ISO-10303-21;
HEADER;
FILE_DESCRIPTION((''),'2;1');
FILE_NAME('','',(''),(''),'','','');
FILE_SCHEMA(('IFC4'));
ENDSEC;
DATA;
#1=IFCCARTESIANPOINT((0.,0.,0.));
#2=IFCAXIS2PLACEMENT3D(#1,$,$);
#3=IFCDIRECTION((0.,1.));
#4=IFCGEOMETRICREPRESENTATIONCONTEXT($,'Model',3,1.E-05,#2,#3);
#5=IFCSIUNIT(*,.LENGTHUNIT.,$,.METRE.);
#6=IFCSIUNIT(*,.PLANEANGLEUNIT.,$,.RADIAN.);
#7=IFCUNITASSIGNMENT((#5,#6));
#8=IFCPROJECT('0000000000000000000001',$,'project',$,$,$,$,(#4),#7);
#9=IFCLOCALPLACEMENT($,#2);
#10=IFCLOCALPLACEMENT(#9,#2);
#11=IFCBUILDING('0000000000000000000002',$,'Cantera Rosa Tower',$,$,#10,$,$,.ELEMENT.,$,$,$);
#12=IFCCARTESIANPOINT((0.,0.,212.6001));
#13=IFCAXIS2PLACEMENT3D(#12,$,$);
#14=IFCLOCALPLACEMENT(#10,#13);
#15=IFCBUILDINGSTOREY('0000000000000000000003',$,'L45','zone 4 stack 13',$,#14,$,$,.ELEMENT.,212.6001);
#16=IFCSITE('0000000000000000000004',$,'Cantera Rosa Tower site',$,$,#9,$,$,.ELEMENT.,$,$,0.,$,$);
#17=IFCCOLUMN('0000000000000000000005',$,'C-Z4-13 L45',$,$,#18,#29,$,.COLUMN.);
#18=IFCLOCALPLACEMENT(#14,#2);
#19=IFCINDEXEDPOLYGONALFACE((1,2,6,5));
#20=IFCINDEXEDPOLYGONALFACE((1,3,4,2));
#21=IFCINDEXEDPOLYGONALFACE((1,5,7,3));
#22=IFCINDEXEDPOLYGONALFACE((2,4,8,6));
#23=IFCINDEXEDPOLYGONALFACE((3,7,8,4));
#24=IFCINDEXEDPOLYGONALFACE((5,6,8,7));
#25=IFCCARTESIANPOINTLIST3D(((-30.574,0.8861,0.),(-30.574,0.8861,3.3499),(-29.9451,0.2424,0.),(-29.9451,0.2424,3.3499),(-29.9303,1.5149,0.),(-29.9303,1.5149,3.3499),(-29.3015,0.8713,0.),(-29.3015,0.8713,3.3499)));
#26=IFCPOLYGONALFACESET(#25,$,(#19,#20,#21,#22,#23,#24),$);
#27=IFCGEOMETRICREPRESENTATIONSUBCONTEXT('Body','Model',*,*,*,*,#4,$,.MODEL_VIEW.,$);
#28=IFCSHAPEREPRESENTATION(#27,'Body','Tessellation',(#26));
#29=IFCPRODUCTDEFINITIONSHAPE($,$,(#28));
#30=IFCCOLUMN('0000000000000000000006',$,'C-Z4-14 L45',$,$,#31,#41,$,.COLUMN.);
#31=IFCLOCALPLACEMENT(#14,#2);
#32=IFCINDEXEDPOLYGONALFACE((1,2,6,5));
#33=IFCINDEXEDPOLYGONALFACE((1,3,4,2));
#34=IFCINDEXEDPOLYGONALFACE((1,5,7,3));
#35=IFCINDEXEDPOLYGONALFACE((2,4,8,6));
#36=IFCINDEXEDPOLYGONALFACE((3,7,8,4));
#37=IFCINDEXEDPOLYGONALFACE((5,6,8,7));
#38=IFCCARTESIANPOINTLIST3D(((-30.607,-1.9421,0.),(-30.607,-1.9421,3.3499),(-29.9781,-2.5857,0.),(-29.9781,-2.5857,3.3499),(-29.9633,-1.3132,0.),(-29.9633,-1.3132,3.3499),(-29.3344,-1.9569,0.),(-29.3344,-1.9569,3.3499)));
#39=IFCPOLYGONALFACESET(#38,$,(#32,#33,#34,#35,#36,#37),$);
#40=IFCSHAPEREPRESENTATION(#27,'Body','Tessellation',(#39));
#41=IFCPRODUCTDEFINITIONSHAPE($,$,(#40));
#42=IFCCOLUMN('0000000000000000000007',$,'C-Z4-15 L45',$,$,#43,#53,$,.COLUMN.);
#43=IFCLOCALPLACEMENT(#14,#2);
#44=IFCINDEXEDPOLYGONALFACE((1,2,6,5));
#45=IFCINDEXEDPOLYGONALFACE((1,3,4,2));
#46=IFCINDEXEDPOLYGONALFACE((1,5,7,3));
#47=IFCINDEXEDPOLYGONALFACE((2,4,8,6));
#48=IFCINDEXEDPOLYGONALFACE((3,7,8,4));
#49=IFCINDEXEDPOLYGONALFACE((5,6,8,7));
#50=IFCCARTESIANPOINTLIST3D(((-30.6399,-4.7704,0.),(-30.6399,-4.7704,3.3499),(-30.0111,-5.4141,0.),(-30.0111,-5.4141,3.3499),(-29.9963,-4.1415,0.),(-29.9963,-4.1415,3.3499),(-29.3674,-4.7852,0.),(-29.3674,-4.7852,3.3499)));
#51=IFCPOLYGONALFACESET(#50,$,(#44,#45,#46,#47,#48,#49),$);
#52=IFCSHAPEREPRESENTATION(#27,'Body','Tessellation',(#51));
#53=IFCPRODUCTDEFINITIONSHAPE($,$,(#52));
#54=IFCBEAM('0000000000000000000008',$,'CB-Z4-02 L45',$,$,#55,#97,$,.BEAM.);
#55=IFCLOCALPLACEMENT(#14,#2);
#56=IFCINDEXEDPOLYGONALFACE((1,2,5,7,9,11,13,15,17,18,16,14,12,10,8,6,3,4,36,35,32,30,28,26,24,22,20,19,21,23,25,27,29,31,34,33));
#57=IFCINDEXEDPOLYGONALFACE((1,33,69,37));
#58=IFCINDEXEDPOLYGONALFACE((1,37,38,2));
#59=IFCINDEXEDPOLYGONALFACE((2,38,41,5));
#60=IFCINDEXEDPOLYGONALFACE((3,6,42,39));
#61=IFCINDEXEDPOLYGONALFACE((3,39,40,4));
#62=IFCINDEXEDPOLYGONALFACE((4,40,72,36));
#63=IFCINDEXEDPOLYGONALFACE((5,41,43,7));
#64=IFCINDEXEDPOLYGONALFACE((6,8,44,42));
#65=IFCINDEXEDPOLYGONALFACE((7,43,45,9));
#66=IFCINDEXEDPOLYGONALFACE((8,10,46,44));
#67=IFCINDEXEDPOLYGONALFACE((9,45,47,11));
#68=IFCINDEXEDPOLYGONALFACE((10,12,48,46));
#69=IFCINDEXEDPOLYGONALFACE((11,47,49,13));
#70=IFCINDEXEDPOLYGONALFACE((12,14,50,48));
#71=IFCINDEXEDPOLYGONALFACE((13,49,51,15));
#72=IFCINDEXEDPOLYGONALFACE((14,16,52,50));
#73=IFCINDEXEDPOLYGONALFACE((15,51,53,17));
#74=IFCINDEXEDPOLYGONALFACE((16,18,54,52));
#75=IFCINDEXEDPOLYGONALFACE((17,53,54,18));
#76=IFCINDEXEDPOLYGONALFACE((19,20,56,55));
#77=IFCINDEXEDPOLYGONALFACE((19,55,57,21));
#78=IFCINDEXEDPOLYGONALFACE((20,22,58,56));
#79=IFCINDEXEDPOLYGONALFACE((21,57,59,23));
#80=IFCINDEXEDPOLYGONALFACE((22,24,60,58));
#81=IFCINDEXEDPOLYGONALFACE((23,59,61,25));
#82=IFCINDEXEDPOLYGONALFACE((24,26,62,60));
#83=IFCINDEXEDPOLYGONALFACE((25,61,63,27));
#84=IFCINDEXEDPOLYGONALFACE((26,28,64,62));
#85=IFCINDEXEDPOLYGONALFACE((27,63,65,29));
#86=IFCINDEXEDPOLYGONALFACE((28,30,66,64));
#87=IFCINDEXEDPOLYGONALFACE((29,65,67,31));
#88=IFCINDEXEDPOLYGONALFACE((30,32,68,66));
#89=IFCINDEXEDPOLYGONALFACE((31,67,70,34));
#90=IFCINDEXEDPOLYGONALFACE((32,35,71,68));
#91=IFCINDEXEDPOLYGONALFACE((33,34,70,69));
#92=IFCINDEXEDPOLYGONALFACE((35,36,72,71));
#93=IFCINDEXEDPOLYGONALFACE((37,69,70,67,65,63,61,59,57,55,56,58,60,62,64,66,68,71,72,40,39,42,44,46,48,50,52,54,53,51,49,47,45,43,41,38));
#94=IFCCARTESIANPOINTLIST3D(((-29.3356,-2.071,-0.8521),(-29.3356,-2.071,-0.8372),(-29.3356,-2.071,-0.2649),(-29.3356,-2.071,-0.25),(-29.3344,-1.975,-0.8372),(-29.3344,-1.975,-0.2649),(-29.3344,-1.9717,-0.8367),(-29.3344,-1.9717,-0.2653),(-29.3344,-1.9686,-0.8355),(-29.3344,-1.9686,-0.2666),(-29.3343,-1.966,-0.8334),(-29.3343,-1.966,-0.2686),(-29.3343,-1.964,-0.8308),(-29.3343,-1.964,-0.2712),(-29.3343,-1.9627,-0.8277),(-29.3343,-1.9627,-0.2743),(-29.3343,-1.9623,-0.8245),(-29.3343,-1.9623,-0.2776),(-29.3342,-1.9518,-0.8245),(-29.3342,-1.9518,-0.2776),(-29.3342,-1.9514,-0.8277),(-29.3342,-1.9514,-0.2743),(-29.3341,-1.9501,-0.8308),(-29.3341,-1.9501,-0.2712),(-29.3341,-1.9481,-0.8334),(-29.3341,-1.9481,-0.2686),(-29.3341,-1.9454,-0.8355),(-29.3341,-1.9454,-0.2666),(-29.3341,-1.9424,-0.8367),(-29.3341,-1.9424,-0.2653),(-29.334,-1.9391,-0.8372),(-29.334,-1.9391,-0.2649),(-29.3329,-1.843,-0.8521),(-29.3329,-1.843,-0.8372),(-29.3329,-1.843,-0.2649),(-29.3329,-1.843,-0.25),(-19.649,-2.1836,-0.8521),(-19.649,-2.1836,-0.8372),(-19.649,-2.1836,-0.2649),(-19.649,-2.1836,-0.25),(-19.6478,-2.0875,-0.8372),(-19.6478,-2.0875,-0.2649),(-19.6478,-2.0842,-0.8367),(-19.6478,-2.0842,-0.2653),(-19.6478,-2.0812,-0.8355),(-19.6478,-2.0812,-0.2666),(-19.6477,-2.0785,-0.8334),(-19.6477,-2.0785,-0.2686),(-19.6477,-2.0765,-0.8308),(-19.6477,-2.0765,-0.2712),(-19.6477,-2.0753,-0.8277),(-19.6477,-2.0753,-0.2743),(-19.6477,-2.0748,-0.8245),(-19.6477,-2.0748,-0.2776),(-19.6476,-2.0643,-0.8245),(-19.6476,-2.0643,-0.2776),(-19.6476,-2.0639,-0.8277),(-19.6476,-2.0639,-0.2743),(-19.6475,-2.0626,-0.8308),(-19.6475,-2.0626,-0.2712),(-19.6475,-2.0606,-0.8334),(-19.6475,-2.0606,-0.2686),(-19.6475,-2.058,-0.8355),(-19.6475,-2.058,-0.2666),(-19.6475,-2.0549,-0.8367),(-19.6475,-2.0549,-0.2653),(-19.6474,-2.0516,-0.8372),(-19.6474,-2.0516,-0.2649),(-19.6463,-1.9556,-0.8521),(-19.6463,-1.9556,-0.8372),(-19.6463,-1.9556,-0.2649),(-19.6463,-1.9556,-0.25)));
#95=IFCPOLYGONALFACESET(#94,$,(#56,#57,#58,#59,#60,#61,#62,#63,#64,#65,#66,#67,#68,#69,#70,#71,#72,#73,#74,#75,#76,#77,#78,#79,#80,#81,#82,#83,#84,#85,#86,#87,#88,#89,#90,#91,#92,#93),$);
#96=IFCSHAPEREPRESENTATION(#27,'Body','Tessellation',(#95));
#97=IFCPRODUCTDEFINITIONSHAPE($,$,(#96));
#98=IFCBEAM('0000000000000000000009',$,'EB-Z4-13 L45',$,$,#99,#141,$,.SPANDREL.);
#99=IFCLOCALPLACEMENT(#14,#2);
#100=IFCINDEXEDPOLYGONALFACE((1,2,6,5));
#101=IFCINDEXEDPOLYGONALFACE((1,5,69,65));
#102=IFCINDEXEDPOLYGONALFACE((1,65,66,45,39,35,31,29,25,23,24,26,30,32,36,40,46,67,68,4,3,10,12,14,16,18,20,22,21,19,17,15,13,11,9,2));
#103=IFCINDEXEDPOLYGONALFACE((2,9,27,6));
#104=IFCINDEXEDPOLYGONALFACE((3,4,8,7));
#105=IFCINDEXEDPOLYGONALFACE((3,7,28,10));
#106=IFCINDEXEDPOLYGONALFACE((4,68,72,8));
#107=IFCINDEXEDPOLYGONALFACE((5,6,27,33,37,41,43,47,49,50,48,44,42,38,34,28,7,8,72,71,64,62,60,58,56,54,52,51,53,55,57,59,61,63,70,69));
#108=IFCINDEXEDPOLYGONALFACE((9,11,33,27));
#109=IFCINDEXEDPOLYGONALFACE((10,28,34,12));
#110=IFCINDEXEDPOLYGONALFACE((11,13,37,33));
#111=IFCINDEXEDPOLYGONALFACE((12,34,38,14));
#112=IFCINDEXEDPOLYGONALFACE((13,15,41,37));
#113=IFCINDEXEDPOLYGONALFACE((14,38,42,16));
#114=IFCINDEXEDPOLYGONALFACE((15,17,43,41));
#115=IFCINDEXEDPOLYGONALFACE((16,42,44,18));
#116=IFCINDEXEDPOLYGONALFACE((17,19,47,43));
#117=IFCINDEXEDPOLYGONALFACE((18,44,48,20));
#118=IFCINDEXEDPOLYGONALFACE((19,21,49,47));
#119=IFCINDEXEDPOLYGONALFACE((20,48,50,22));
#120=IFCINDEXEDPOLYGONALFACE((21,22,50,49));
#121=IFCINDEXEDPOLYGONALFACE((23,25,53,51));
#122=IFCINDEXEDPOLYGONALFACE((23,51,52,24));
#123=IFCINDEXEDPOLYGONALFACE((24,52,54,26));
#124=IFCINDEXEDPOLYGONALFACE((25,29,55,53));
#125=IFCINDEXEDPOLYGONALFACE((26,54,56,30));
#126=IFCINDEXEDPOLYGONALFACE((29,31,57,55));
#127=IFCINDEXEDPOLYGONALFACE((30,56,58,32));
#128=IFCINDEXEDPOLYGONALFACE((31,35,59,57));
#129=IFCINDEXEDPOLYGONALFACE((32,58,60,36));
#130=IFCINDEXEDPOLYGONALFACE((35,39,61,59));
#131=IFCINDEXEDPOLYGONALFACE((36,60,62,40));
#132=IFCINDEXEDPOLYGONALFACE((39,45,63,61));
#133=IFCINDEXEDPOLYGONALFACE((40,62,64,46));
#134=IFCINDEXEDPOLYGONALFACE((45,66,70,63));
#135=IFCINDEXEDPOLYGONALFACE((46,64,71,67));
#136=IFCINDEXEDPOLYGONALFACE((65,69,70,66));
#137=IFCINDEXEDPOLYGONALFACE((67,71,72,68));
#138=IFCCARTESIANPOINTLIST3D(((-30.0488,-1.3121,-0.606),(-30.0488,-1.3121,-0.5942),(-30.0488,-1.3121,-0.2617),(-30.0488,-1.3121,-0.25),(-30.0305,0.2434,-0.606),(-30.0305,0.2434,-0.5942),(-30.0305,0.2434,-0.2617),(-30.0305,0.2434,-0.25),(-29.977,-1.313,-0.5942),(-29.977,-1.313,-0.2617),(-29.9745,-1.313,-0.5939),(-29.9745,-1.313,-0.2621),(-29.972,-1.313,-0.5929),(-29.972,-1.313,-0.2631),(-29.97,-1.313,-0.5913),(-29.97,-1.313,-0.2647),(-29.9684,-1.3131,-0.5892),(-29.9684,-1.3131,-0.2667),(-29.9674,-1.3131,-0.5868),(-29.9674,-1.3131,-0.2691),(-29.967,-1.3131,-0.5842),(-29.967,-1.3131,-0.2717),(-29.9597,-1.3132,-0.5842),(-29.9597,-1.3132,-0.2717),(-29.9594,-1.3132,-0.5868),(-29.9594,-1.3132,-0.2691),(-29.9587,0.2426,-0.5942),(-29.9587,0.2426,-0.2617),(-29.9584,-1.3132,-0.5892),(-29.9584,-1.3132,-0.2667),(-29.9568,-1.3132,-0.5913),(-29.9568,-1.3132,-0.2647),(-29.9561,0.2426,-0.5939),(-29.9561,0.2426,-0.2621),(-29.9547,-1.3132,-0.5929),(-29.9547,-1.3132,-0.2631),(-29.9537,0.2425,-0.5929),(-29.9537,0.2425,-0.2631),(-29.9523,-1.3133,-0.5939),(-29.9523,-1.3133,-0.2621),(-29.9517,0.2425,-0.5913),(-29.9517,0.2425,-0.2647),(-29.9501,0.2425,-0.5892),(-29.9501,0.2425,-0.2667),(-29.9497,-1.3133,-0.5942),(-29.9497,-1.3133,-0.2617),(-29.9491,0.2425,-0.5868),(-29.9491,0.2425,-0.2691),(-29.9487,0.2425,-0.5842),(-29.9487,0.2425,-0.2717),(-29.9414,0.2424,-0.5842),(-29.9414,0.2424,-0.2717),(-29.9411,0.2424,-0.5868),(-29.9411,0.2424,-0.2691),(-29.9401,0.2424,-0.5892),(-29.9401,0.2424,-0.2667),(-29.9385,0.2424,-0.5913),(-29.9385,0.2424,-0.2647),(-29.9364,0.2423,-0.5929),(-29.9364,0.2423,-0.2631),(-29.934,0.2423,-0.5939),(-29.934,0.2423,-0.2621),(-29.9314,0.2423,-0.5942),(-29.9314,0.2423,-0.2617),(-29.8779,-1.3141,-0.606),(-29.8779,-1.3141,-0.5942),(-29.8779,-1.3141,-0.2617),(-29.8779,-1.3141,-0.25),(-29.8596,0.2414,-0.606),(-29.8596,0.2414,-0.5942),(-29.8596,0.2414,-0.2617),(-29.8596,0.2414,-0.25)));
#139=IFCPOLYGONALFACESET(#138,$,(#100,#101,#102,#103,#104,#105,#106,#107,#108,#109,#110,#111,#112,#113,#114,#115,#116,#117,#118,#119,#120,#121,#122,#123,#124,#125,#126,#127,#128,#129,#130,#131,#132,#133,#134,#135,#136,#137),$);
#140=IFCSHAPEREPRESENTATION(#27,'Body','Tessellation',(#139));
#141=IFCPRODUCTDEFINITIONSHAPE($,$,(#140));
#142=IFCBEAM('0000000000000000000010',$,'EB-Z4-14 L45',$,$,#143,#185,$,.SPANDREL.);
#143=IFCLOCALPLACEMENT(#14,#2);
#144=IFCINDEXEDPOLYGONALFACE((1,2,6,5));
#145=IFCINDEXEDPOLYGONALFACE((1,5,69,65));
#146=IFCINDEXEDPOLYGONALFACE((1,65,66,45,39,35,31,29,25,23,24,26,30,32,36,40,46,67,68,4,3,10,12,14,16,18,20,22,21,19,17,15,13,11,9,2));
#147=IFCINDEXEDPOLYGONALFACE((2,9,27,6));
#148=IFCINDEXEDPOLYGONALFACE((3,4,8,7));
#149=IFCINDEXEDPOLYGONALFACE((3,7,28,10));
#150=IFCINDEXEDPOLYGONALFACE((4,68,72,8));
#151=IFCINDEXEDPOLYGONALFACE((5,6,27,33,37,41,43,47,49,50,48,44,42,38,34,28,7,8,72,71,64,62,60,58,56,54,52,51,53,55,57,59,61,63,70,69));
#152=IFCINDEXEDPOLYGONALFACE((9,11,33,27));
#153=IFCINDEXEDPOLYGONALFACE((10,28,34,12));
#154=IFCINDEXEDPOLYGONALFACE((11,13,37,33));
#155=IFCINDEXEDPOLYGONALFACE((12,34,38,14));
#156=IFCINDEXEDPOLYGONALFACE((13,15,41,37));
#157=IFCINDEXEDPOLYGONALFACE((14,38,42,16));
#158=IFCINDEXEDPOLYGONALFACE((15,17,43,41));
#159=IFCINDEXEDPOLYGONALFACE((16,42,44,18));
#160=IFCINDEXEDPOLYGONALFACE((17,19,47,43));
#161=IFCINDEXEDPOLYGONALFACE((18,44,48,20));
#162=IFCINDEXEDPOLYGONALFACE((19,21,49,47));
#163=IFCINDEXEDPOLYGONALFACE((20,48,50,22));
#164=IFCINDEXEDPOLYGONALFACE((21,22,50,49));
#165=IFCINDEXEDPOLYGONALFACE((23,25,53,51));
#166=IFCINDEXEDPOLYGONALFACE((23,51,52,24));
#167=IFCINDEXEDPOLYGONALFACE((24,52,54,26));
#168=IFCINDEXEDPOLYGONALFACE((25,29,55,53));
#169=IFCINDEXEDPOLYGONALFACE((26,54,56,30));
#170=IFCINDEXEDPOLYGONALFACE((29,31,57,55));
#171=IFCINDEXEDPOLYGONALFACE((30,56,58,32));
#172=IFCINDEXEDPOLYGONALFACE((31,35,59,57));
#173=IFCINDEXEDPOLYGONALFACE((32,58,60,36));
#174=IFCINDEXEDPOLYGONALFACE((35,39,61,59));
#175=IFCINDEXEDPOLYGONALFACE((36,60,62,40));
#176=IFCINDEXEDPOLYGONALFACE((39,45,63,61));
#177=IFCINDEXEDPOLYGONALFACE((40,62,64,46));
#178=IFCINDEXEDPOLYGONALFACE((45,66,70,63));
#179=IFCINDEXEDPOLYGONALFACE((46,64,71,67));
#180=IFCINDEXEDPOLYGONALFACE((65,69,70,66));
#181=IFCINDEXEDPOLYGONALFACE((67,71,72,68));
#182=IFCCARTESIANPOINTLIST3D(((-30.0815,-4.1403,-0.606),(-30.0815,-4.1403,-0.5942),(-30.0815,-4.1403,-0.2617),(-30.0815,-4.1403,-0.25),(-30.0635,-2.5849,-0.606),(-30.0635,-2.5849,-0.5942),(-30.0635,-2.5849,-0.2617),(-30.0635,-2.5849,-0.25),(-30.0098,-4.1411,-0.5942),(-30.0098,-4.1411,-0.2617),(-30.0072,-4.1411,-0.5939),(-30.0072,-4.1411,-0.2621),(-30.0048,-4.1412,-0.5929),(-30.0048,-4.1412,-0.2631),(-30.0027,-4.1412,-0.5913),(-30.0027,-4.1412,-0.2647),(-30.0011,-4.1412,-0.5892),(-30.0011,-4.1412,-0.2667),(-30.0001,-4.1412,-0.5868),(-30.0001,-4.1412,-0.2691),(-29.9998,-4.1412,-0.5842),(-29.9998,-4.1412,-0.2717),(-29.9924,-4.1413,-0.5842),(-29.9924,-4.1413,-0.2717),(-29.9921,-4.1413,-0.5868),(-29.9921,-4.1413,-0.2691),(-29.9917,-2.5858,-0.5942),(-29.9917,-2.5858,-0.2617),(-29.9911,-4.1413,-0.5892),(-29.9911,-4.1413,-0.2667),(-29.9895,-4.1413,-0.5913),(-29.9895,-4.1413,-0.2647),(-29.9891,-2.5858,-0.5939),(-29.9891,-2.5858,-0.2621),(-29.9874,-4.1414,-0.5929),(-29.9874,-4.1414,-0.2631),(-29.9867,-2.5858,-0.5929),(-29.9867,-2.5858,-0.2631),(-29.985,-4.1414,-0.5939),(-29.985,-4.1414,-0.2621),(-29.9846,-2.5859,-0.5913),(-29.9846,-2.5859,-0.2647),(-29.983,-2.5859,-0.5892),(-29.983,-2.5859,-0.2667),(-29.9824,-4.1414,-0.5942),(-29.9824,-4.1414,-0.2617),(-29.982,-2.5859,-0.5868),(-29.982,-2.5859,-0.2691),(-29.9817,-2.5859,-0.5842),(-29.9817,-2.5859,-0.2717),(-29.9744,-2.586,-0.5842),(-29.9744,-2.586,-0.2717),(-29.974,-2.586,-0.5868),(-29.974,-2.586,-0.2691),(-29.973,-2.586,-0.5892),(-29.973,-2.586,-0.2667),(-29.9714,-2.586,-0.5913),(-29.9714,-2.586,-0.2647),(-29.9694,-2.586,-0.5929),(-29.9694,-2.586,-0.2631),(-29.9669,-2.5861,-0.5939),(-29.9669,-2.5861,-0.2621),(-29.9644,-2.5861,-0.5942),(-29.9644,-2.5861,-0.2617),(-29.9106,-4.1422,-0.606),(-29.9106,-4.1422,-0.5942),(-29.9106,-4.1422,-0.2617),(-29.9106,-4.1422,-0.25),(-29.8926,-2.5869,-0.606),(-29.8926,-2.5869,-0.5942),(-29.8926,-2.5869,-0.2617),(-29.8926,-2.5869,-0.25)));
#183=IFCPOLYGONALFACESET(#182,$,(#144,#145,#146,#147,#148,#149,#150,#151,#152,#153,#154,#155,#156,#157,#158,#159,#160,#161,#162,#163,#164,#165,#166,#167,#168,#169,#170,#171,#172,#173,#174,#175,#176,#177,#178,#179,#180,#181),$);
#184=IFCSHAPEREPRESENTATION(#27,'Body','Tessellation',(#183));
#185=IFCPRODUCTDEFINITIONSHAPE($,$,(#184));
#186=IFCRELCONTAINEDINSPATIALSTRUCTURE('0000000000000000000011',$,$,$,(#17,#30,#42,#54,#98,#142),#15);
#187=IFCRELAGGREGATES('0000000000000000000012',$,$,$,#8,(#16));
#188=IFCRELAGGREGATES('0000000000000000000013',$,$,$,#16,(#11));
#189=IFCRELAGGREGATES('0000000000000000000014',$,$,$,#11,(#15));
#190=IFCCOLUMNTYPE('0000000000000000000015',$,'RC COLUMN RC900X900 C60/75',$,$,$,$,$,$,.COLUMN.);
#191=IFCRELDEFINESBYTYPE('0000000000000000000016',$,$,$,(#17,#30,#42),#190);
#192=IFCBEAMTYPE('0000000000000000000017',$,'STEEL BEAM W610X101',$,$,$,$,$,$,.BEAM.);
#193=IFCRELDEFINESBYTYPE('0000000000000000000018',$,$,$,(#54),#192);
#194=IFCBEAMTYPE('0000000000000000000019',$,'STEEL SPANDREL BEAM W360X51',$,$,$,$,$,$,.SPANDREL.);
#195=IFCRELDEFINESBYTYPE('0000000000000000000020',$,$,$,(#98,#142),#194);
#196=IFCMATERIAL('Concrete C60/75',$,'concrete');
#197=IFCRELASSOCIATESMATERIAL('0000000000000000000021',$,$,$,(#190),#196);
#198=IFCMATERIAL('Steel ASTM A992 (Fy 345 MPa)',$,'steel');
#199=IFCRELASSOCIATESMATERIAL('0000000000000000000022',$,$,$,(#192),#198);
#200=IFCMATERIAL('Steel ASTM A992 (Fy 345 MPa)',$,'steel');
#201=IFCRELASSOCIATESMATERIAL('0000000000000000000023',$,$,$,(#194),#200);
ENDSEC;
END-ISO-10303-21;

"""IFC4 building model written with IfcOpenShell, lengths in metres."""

from ifc_helpers import new_model, si_unit, direction, frame, origin, origin_2d, place, context, subcontext, project, spatial, rectangle, i_section, extrude, material, material_profile, profile_set, type_object, element, save


model = new_model("IFC4")

# Units and contexts
model_context = context("Model", 3, precision=1e-05, world=origin(), true_north=direction((0.0, 1.0)))
body_context = subcontext(model_context, "Body", "Model", "MODEL_VIEW")
ifc_project = project(units=[si_unit("LENGTHUNIT", "METRE"), si_unit("PLANEANGLEUNIT", "RADIAN")], contexts=[model_context])

# Site, building, storey
site_placement = place(None, origin())
site = spatial("IfcSite", under=ifc_project, at=site_placement, Name="Cantera Rosa Tower site", CompositionType="ELEMENT", RefElevation=0.0)
building_placement = place(site_placement, origin())
building = spatial("IfcBuilding", under=site, at=building_placement, Name="Cantera Rosa Tower", CompositionType="ELEMENT")
storey_placement = place(building_placement, frame((0.0, 0.0, 212.6001)))
storey = spatial("IfcBuildingStorey", under=building, at=storey_placement, Name="L45", Description="zone 4 stack 13", CompositionType="ELEMENT", Elevation=212.6001)

# Columns
ifc_material_1 = material(Name="Concrete C60/75", Category="concrete")
ifc_material_profile_1 = material_profile(ifc_material_1, rectangle(XDim=0.8999, YDim=0.8999, at=origin_2d()), Name="RC COLUMN RC900X900 C60/75")
ifc_profile_set_1 = profile_set([ifc_material_profile_1], Name="Concrete C60/75")
column_type = type_object("IfcColumnType", Name="RC COLUMN RC900X900 C60/75", PredefinedType="COLUMN", material=ifc_profile_set_1)
for number, where, z_axis, x_axis, name in (
    (1, (-29.9377, 0.8787, 0.0), (0.0, 0.0, 1.0), (0.715286, 0.698832, 0.0), "C-Z4-13 L45"),
    (2, (-29.9707, -1.9495, 0.0), (0.0, 0.0, 1.0), (0.715286, 0.698832, 0.0), "C-Z4-14 L45"),
    (3, (-30.0037, -4.7778, 0.0), (0.0, 0.0, 1.0), (0.715286, 0.698832, 0.0), "C-Z4-15 L45"),
):
    element("IfcColumn", number, at=place(storey_placement, frame(where, z_axis=z_axis, x_axis=x_axis)), inside=storey, type_object=column_type, Name=name, PredefinedType="COLUMN", context=body_context, shape_type="SweptSolid", body=[
        extrude(rectangle(XDim=0.8999, YDim=0.8999, at=origin_2d()), origin(), (0.0, 0.0, 1.0), 3.3499),
    ])

# Beams
ifc_material_2 = material(Name="Steel ASTM A992 (Fy 345 MPa)", Category="steel")
ifc_material_profile_2 = material_profile(ifc_material_2, i_section(OverallWidth=0.228, OverallDepth=0.6021, WebThickness=0.0105, FlangeThickness=0.0149, FilletRadius=0.0127, at=origin_2d()), Name="W610X101")
ifc_profile_set_2 = profile_set([ifc_material_profile_2], Name="Steel ASTM A992 (Fy 345 MPa)")
beam_type_1 = type_object("IfcBeamType", Name="STEEL BEAM W610X101", PredefinedType="BEAM", material=ifc_profile_set_2)
beam_1_placement = place(storey_placement, frame((-29.3342, -1.957, -0.551), z_axis=(0.999933, -0.011618, 0.0), x_axis=(0.011618, 0.999933, 0.0)))
element("IfcBeam", 4, at=beam_1_placement, inside=storey, type_object=beam_type_1, Name="CB-Z4-02 L45", PredefinedType="BEAM", context=body_context, shape_type="SweptSolid", body=[
    extrude(i_section(OverallWidth=0.228, OverallDepth=0.6021, WebThickness=0.0105, FlangeThickness=0.0149, FilletRadius=0.0127, at=origin_2d()), origin(), (0.0, 0.0, 1.0), 9.6873),
])
ifc_material_3 = material(Name="Steel ASTM A992 (Fy 345 MPa)", Category="steel")
ifc_material_profile_3 = material_profile(ifc_material_3, i_section(OverallWidth=0.1709, OverallDepth=0.356, WebThickness=0.0073, FlangeThickness=0.0117, FilletRadius=0.01, at=origin_2d()), Name="W360X51")
ifc_profile_set_3 = profile_set([ifc_material_profile_3], Name="Steel ASTM A992 (Fy 345 MPa)")
beam_type_2 = type_object("IfcBeamType", Name="STEEL SPANDREL BEAM W360X51", PredefinedType="SPANDREL", material=ifc_profile_set_3)
beam_2_placement = place(storey_placement, frame((-29.9451, 0.2424, -0.428), z_axis=(-0.011769, -0.999931, 0.0), x_axis=(0.999931, -0.011769, 0.0)))
element("IfcBeam", 5, at=beam_2_placement, inside=storey, type_object=beam_type_2, Name="EB-Z4-13 L45", PredefinedType="SPANDREL", context=body_context, shape_type="SweptSolid", body=[
    extrude(i_section(OverallWidth=0.1709, OverallDepth=0.356, WebThickness=0.0073, FlangeThickness=0.0117, FilletRadius=0.01, at=origin_2d()), origin(), (0.0, 0.0, 1.0), 1.5557),
])
beam_3_placement = place(storey_placement, frame((-29.978, -2.5859, -0.428), z_axis=(-0.011614, -0.999933, 0.0), x_axis=(0.999933, -0.011614, 0.0)))
element("IfcBeam", 6, at=beam_3_placement, inside=storey, type_object=beam_type_2, Name="EB-Z4-14 L45", PredefinedType="SPANDREL", context=body_context, shape_type="SweptSolid", body=[
    extrude(i_section(OverallWidth=0.1709, OverallDepth=0.356, WebThickness=0.0073, FlangeThickness=0.0117, FilletRadius=0.01, at=origin_2d()), origin(), (0.0, 0.0, 1.0), 1.5554),
])

save(model, "model.ifc")
